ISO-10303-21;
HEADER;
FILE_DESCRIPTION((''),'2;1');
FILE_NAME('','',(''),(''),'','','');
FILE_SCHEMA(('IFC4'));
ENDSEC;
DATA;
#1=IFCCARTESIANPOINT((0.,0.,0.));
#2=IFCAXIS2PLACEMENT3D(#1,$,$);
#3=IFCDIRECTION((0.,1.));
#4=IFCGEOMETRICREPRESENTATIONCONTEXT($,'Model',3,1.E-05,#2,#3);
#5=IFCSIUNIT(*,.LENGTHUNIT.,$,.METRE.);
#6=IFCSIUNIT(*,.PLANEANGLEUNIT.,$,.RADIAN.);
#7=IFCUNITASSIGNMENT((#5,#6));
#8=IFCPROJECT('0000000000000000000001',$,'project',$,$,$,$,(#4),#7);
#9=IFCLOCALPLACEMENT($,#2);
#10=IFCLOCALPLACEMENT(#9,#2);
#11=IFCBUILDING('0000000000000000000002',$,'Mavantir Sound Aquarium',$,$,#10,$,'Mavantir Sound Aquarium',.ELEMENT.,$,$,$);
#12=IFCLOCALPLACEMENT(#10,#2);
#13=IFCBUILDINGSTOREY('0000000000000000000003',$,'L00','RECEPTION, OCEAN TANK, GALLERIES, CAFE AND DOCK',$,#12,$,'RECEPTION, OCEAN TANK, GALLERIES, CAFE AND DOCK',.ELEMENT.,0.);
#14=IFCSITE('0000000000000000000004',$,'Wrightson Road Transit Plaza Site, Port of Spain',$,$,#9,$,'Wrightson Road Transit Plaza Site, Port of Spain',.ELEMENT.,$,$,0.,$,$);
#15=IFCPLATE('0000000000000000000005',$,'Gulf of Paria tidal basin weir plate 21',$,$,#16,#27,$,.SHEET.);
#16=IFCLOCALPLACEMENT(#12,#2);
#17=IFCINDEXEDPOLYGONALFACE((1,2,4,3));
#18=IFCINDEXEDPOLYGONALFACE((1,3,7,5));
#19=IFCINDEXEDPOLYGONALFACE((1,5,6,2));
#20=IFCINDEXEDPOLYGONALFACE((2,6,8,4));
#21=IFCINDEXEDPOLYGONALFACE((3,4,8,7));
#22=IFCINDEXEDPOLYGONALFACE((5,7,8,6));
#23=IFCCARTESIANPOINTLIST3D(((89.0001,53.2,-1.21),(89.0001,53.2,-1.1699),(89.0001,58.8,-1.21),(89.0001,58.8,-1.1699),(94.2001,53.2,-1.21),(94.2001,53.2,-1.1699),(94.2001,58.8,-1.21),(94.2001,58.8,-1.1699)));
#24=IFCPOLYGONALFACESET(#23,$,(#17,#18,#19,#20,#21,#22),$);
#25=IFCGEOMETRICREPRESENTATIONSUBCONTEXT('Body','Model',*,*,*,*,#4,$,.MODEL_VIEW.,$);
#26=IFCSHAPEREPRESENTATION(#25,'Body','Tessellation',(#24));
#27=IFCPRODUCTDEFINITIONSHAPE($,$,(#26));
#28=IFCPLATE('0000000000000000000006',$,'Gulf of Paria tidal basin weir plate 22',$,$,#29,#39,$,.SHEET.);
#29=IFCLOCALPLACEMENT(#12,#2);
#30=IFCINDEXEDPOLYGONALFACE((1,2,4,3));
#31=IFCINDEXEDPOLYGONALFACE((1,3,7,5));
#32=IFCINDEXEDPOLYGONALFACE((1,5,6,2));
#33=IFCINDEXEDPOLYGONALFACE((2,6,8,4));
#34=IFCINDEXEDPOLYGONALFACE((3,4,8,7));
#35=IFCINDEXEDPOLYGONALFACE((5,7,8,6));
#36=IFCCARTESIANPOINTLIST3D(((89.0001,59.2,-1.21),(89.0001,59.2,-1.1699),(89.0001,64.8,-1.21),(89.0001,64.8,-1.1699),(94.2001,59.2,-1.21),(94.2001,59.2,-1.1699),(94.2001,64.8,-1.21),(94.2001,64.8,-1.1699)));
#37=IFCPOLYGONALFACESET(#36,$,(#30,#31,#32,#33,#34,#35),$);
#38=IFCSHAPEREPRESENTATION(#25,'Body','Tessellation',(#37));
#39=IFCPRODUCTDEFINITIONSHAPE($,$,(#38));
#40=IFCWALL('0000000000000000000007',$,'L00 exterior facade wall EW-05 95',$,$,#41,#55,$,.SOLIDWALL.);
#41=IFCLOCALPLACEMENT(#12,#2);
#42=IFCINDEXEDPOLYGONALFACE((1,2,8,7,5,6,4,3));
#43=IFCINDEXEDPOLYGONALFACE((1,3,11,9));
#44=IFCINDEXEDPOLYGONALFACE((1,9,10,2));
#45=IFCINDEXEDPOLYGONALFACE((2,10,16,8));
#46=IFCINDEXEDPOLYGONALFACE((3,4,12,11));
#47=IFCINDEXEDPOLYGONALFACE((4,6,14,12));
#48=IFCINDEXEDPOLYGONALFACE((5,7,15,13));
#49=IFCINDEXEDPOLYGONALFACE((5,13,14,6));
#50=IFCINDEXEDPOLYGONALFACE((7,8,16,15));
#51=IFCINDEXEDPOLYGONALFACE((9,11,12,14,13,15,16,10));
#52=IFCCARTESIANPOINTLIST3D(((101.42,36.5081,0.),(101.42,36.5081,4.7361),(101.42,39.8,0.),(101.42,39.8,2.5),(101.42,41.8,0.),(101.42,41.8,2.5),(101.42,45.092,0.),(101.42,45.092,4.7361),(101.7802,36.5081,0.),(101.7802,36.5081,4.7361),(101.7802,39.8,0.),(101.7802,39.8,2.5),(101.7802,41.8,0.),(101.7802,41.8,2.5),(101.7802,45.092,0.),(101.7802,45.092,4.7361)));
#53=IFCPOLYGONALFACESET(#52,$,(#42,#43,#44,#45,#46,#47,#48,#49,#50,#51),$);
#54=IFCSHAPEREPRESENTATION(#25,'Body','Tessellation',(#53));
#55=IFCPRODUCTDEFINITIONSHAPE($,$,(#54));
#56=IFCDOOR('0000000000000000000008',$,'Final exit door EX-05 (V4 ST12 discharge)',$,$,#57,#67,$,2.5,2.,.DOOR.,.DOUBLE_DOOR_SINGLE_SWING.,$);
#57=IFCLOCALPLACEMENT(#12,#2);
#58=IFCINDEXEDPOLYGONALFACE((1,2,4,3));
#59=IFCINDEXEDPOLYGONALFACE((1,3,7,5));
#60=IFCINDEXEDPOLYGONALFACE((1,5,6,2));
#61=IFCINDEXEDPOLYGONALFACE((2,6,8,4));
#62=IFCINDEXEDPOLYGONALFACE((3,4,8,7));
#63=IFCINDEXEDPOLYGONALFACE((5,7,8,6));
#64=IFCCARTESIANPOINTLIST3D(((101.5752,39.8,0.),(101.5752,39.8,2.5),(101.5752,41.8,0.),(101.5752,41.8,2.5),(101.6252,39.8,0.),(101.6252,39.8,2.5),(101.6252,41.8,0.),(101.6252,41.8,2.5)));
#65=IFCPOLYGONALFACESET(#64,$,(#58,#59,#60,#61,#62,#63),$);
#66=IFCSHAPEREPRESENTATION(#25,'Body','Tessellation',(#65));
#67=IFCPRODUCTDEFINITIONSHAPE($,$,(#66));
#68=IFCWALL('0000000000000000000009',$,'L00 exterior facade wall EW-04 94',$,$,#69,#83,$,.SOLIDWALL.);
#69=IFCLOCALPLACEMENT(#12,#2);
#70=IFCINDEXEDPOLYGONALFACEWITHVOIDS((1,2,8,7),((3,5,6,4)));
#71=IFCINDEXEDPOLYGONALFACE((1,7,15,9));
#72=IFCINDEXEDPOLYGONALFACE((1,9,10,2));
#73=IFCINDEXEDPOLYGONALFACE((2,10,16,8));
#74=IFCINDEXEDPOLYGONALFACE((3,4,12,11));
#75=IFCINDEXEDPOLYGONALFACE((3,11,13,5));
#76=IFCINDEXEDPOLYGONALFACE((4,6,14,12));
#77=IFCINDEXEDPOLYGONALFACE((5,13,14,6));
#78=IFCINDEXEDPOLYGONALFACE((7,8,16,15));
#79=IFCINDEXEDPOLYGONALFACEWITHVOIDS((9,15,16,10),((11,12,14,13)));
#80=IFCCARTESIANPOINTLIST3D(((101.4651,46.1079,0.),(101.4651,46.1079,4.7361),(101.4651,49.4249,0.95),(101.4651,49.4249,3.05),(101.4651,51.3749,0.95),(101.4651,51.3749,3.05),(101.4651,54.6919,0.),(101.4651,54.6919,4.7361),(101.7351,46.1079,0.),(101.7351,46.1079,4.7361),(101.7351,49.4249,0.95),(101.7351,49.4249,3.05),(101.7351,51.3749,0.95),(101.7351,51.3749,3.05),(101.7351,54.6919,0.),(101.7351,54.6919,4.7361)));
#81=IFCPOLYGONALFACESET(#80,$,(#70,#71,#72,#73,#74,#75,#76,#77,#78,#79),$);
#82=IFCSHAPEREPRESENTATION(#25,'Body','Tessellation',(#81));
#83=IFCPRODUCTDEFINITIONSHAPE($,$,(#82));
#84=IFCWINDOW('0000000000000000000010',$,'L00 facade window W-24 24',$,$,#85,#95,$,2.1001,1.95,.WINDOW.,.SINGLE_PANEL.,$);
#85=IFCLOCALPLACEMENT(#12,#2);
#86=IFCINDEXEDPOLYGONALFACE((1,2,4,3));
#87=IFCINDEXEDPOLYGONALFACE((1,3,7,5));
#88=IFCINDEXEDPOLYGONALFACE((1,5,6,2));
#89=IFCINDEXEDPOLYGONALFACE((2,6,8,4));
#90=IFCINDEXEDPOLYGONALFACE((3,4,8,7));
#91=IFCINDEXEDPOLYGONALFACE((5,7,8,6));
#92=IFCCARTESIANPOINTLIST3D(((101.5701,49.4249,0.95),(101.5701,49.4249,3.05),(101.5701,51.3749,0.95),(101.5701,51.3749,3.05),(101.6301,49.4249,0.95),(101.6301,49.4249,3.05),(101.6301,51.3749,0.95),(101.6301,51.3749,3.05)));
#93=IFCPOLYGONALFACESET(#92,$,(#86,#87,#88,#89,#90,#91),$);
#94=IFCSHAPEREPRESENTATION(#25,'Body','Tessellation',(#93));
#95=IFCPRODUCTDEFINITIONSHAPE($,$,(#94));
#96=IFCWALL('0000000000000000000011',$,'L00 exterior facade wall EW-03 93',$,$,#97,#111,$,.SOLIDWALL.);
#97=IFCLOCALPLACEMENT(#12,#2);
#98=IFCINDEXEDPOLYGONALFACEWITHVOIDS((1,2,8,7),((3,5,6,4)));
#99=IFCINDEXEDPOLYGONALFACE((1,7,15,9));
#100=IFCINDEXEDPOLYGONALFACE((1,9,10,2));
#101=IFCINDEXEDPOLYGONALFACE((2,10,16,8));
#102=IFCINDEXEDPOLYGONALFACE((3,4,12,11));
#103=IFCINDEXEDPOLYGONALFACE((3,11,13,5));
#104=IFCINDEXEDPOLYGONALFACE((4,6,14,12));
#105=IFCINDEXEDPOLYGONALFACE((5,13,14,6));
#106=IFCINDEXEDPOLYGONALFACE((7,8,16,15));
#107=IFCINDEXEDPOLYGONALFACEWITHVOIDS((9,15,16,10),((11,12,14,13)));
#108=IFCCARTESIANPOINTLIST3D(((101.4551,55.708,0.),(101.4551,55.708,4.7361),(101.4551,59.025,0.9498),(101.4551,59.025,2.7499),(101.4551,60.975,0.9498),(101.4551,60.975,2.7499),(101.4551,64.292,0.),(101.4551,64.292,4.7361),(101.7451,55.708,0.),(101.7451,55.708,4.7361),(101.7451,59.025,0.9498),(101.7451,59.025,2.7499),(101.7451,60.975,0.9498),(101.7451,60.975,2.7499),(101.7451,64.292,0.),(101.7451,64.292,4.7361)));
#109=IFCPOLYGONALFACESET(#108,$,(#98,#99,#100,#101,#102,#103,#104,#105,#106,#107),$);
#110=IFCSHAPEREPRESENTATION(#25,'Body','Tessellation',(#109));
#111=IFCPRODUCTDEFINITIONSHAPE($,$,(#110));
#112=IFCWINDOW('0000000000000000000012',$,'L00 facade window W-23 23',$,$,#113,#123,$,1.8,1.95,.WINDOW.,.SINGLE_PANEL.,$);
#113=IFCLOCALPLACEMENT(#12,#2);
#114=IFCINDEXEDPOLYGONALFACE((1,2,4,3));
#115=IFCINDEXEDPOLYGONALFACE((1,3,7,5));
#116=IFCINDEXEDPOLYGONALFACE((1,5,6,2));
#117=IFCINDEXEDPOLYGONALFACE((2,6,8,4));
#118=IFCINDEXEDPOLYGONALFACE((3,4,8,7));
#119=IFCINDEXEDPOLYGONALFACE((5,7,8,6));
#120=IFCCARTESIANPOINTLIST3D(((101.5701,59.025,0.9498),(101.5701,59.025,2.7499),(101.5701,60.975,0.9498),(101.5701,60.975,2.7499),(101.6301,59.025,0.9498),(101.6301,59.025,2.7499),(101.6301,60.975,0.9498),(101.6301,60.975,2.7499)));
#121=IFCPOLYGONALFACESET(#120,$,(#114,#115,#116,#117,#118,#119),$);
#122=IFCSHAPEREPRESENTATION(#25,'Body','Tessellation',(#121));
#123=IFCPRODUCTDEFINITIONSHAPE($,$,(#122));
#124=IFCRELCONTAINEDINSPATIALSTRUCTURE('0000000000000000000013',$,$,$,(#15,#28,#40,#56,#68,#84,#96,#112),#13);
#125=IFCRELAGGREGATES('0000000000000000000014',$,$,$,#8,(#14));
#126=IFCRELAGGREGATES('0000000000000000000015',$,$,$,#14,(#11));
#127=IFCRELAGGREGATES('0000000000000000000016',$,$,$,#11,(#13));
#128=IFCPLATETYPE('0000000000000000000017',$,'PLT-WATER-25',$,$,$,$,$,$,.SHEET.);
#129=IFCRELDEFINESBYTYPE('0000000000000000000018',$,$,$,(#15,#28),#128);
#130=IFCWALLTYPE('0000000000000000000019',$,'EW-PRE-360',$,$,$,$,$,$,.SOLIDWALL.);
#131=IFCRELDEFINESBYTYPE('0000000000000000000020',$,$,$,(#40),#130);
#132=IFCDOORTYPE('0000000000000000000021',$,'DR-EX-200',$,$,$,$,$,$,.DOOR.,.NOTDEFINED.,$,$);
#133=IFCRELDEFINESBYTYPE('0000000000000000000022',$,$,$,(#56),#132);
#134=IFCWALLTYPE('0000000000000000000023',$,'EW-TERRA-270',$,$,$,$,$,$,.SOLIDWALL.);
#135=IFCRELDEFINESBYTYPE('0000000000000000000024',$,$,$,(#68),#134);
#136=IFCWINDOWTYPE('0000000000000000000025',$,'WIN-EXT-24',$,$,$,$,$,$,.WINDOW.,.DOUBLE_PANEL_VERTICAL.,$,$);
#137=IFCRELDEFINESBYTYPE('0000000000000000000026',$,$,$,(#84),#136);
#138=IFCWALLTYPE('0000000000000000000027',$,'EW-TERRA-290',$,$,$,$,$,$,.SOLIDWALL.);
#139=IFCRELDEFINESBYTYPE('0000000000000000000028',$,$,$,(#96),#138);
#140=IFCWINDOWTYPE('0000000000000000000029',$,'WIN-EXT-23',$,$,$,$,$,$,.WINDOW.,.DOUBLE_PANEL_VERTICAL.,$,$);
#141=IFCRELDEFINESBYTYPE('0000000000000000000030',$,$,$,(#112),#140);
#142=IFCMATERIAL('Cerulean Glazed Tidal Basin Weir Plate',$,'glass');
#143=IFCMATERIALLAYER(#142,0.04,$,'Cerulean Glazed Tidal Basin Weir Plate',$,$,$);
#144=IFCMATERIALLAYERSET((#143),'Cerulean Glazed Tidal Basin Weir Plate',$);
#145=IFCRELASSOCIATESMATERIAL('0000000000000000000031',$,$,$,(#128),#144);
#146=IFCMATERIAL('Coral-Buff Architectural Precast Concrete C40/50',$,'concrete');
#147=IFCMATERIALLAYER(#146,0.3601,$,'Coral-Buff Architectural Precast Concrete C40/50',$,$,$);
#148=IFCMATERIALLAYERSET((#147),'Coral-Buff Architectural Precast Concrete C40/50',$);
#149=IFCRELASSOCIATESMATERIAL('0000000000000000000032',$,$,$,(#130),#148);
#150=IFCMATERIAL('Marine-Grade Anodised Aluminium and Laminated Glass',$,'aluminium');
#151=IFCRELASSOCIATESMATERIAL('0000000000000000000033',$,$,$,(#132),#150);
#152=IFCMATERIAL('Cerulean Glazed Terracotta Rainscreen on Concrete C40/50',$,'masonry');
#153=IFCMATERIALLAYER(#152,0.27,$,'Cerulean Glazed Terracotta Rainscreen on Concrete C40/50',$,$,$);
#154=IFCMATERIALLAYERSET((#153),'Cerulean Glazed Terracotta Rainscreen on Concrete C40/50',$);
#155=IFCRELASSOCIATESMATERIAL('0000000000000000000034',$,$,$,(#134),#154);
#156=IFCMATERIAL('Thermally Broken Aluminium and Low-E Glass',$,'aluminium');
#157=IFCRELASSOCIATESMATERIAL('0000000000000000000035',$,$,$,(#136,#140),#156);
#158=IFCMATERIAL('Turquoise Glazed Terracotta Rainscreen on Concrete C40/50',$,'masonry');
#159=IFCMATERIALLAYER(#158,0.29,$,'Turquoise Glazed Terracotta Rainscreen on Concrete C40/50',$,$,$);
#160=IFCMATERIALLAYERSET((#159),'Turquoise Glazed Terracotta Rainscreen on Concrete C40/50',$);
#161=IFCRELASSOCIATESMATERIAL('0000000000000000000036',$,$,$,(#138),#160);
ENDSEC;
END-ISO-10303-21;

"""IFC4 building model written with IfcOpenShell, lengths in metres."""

from ifc_helpers import new_model, si_unit, direction, frame, frame_2d, origin, origin_2d, place, context, subcontext, project, spatial, rectangle, extrude, material, layer, layer_set, type_object, element, fill, save


model = new_model("IFC4")

# Units and contexts
model_context = context("Model", 3, precision=1e-05, world=origin(), true_north=direction((0.0, 1.0)))
body_context = subcontext(model_context, "Body", "Model", "MODEL_VIEW")
ifc_project = project(units=[si_unit("LENGTHUNIT", "METRE"), si_unit("PLANEANGLEUNIT", "RADIAN")], contexts=[model_context])

# Site, building, storey
site_placement = place(None, origin())
site = spatial("IfcSite", under=ifc_project, at=site_placement, Name="Wrightson Road Transit Plaza Site, Port of Spain", LongName="Wrightson Road Transit Plaza Site, Port of Spain", CompositionType="ELEMENT", RefElevation=0.0)
building_placement = place(site_placement, origin())
building = spatial("IfcBuilding", under=site, at=building_placement, Name="Mavantir Sound Aquarium", LongName="Mavantir Sound Aquarium", CompositionType="ELEMENT")
storey_placement = place(building_placement, origin())
storey = spatial("IfcBuildingStorey", under=building, at=storey_placement, Name="L00", Description="RECEPTION, OCEAN TANK, GALLERIES, CAFE AND DOCK", LongName="RECEPTION, OCEAN TANK, GALLERIES, CAFE AND DOCK", CompositionType="ELEMENT", Elevation=0.0)

# Plates
ifc_material_1 = material(Name="Cerulean Glazed Tidal Basin Weir Plate", Category="glass")
ifc_layer_1 = layer(ifc_material_1, 0.04, Name="Cerulean Glazed Tidal Basin Weir Plate")
ifc_layer_set_1 = layer_set([ifc_layer_1], Name="Cerulean Glazed Tidal Basin Weir Plate")
plate_type = type_object("IfcPlateType", Name="PLT-WATER-25", PredefinedType="SHEET", material=ifc_layer_set_1)
for number, where, z_axis, x_axis, name in (
    (1, (91.6001, 56.0, -1.21), (0.0, 0.0, 1.0), (1.0, 0.0, 0.0), "Gulf of Paria tidal basin weir plate 21"),
    (2, (91.6001, 62.0, -1.21), (0.0, 0.0, 1.0), (1.0, 0.0, 0.0), "Gulf of Paria tidal basin weir plate 22"),
):
    element("IfcPlate", number, at=place(storey_placement, frame(where, z_axis=z_axis, x_axis=x_axis)), inside=storey, type_object=plate_type, Name=name, PredefinedType="SHEET", context=body_context, shape_type="SweptSolid", body=[
        extrude(rectangle(XDim=5.2, YDim=5.6001, at=origin_2d()), origin(), (0.0, 0.0, 1.0), 0.04),
    ])

# Wall, opening, door
ifc_material_2 = material(Name="Coral-Buff Architectural Precast Concrete C40/50", Category="concrete")
ifc_layer_2 = layer(ifc_material_2, 0.3601, Name="Coral-Buff Architectural Precast Concrete C40/50")
ifc_layer_set_2 = layer_set([ifc_layer_2], Name="Coral-Buff Architectural Precast Concrete C40/50")
wall_type_1 = type_object("IfcWallType", Name="EW-PRE-360", PredefinedType="SOLIDWALL", material=ifc_layer_set_2)
wall_1_placement = place(storey_placement, frame((101.6001, 45.092, 0.0), z_axis=(0.0, 0.0, 1.0), x_axis=(0.0, -1.0, 0.0)))
wall_1 = element("IfcWall", 3, at=wall_1_placement, inside=storey, type_object=wall_type_1, Name="L00 exterior facade wall EW-05 95", PredefinedType="SOLIDWALL", context=body_context, shape_type="SweptSolid", body=[
    extrude(rectangle(XDim=8.584, YDim=0.3601, at=frame_2d((4.292, 0.0))), origin(), (0.0, 0.0, 1.0), 4.7361),
])
opening_1_placement = place(wall_1_placement, frame((5.292, 0.0, 0.0), z_axis=(0.0, 0.0, 1.0), x_axis=(-1.0, 0.0, 0.0)))
opening_1 = element("IfcOpeningElement", 4, at=opening_1_placement, cuts=wall_1, PredefinedType="OPENING", context=body_context, shape_type="SweptSolid", body=[
    extrude(rectangle(XDim=2.0, YDim=2.5, at=frame_2d((1.0, 1.25))), frame((0.0, 0.1899, 0.0), z_axis=(0.0, -1.0, 0.0), x_axis=(1.0, 0.0, 0.0)), (0.0, 0.0, 1.0), 0.3801),
])
ifc_material_3 = material(Name="Marine-Grade Anodised Aluminium and Laminated Glass", Category="aluminium")
door_type = type_object("IfcDoorType", Name="DR-EX-200", OperationType="NOTDEFINED", PredefinedType="DOOR", material=ifc_material_3)
door_placement = place(opening_1_placement, origin())
door = element("IfcDoor", 5, at=door_placement, inside=storey, type_object=door_type, Name="Final exit door EX-05 (V4 ST12 discharge)", OperationType="DOUBLE_DOOR_SINGLE_SWING", OverallHeight=2.5, OverallWidth=2.0, PredefinedType="DOOR", context=body_context, shape_type="SweptSolid", body=[
    extrude(rectangle(XDim=2.0, YDim=2.5, at=frame_2d((1.0, 1.25))), frame((0.0, 0.0249, 0.0), z_axis=(0.0, -1.0, 0.0), x_axis=(1.0, 0.0, 0.0)), (0.0, 0.0, 1.0), 0.05),
])
fill(opening_1, door)

# Walls, openings, windows
ifc_material_4 = material(Name="Cerulean Glazed Terracotta Rainscreen on Concrete C40/50", Category="masonry")
ifc_layer_3 = layer(ifc_material_4, 0.27, Name="Cerulean Glazed Terracotta Rainscreen on Concrete C40/50")
ifc_layer_set_3 = layer_set([ifc_layer_3], Name="Cerulean Glazed Terracotta Rainscreen on Concrete C40/50")
wall_type_2 = type_object("IfcWallType", Name="EW-TERRA-270", PredefinedType="SOLIDWALL", material=ifc_layer_set_3)
wall_2_placement = place(storey_placement, frame((101.6001, 54.6919, 0.0), z_axis=(0.0, 0.0, 1.0), x_axis=(0.0, -1.0, 0.0)))
wall_2 = element("IfcWall", 6, at=wall_2_placement, inside=storey, type_object=wall_type_2, Name="L00 exterior facade wall EW-04 94", PredefinedType="SOLIDWALL", context=body_context, shape_type="SweptSolid", body=[
    extrude(rectangle(XDim=8.584, YDim=0.27, at=frame_2d((4.292, 0.0))), origin(), (0.0, 0.0, 1.0), 4.7361),
])
opening_2_placement = place(wall_2_placement, frame((3.3169, 0.0, 0.95)))
opening_2 = element("IfcOpeningElement", 7, at=opening_2_placement, cuts=wall_2, PredefinedType="OPENING", context=body_context, shape_type="SweptSolid", body=[
    extrude(rectangle(XDim=1.95, YDim=2.1001, at=frame_2d((0.9751, 1.05))), frame((0.0, 0.145, 0.0), z_axis=(0.0, -1.0, 0.0), x_axis=(1.0, 0.0, 0.0)), (0.0, 0.0, 1.0), 0.29),
])
ifc_material_5 = material(Name="Thermally Broken Aluminium and Low-E Glass", Category="aluminium")
window_type_1 = type_object("IfcWindowType", Name="WIN-EXT-24", PartitioningType="DOUBLE_PANEL_VERTICAL", PredefinedType="WINDOW", material=ifc_material_5)
window_1_placement = place(opening_2_placement, origin())
window_1 = element("IfcWindow", 8, at=window_1_placement, inside=storey, type_object=window_type_1, Name="L00 facade window W-24 24", OverallHeight=2.1001, OverallWidth=1.95, PartitioningType="SINGLE_PANEL", PredefinedType="WINDOW", context=body_context, shape_type="SweptSolid", body=[
    extrude(rectangle(XDim=1.95, YDim=2.1001, at=frame_2d((0.9751, 1.05))), frame((0.0, 0.03, 0.0), z_axis=(0.0, -1.0, 0.0), x_axis=(1.0, 0.0, 0.0)), (0.0, 0.0, 1.0), 0.0601),
])
fill(opening_2, window_1)
ifc_material_6 = material(Name="Turquoise Glazed Terracotta Rainscreen on Concrete C40/50", Category="masonry")
ifc_layer_4 = layer(ifc_material_6, 0.29, Name="Turquoise Glazed Terracotta Rainscreen on Concrete C40/50")
ifc_layer_set_4 = layer_set([ifc_layer_4], Name="Turquoise Glazed Terracotta Rainscreen on Concrete C40/50")
wall_type_3 = type_object("IfcWallType", Name="EW-TERRA-290", PredefinedType="SOLIDWALL", material=ifc_layer_set_4)
wall_3_placement = place(storey_placement, frame((101.6001, 64.292, 0.0), z_axis=(0.0, 0.0, 1.0), x_axis=(0.0, -1.0, 0.0)))
wall_3 = element("IfcWall", 9, at=wall_3_placement, inside=storey, type_object=wall_type_3, Name="L00 exterior facade wall EW-03 93", PredefinedType="SOLIDWALL", context=body_context, shape_type="SweptSolid", body=[
    extrude(rectangle(XDim=8.584, YDim=0.29, at=frame_2d((4.292, 0.0))), origin(), (0.0, 0.0, 1.0), 4.7361),
])
opening_3_placement = place(wall_3_placement, frame((3.3169, 0.0, 0.95)))
opening_3 = element("IfcOpeningElement", 10, at=opening_3_placement, cuts=wall_3, PredefinedType="OPENING", context=body_context, shape_type="SweptSolid", body=[
    extrude(rectangle(XDim=1.95, YDim=1.8, at=frame_2d((0.9751, 0.8999))), frame((0.0, 0.155, 0.0), z_axis=(0.0, -1.0, 0.0), x_axis=(1.0, 0.0, 0.0)), (0.0, 0.0, 1.0), 0.3101),
])
window_type_2 = type_object("IfcWindowType", Name="WIN-EXT-23", PartitioningType="DOUBLE_PANEL_VERTICAL", PredefinedType="WINDOW", material=ifc_material_5)
window_2_placement = place(opening_3_placement, origin())
window_2 = element("IfcWindow", 11, at=window_2_placement, inside=storey, type_object=window_type_2, Name="L00 facade window W-23 23", OverallHeight=1.8, OverallWidth=1.95, PartitioningType="SINGLE_PANEL", PredefinedType="WINDOW", context=body_context, shape_type="SweptSolid", body=[
    extrude(rectangle(XDim=1.95, YDim=1.8, at=frame_2d((0.9751, 0.8999))), frame((0.0, 0.03, 0.0), z_axis=(0.0, -1.0, 0.0), x_axis=(1.0, 0.0, 0.0)), (0.0, 0.0, 1.0), 0.0601),
])
fill(opening_3, window_2)

save(model, "model.ifc")
